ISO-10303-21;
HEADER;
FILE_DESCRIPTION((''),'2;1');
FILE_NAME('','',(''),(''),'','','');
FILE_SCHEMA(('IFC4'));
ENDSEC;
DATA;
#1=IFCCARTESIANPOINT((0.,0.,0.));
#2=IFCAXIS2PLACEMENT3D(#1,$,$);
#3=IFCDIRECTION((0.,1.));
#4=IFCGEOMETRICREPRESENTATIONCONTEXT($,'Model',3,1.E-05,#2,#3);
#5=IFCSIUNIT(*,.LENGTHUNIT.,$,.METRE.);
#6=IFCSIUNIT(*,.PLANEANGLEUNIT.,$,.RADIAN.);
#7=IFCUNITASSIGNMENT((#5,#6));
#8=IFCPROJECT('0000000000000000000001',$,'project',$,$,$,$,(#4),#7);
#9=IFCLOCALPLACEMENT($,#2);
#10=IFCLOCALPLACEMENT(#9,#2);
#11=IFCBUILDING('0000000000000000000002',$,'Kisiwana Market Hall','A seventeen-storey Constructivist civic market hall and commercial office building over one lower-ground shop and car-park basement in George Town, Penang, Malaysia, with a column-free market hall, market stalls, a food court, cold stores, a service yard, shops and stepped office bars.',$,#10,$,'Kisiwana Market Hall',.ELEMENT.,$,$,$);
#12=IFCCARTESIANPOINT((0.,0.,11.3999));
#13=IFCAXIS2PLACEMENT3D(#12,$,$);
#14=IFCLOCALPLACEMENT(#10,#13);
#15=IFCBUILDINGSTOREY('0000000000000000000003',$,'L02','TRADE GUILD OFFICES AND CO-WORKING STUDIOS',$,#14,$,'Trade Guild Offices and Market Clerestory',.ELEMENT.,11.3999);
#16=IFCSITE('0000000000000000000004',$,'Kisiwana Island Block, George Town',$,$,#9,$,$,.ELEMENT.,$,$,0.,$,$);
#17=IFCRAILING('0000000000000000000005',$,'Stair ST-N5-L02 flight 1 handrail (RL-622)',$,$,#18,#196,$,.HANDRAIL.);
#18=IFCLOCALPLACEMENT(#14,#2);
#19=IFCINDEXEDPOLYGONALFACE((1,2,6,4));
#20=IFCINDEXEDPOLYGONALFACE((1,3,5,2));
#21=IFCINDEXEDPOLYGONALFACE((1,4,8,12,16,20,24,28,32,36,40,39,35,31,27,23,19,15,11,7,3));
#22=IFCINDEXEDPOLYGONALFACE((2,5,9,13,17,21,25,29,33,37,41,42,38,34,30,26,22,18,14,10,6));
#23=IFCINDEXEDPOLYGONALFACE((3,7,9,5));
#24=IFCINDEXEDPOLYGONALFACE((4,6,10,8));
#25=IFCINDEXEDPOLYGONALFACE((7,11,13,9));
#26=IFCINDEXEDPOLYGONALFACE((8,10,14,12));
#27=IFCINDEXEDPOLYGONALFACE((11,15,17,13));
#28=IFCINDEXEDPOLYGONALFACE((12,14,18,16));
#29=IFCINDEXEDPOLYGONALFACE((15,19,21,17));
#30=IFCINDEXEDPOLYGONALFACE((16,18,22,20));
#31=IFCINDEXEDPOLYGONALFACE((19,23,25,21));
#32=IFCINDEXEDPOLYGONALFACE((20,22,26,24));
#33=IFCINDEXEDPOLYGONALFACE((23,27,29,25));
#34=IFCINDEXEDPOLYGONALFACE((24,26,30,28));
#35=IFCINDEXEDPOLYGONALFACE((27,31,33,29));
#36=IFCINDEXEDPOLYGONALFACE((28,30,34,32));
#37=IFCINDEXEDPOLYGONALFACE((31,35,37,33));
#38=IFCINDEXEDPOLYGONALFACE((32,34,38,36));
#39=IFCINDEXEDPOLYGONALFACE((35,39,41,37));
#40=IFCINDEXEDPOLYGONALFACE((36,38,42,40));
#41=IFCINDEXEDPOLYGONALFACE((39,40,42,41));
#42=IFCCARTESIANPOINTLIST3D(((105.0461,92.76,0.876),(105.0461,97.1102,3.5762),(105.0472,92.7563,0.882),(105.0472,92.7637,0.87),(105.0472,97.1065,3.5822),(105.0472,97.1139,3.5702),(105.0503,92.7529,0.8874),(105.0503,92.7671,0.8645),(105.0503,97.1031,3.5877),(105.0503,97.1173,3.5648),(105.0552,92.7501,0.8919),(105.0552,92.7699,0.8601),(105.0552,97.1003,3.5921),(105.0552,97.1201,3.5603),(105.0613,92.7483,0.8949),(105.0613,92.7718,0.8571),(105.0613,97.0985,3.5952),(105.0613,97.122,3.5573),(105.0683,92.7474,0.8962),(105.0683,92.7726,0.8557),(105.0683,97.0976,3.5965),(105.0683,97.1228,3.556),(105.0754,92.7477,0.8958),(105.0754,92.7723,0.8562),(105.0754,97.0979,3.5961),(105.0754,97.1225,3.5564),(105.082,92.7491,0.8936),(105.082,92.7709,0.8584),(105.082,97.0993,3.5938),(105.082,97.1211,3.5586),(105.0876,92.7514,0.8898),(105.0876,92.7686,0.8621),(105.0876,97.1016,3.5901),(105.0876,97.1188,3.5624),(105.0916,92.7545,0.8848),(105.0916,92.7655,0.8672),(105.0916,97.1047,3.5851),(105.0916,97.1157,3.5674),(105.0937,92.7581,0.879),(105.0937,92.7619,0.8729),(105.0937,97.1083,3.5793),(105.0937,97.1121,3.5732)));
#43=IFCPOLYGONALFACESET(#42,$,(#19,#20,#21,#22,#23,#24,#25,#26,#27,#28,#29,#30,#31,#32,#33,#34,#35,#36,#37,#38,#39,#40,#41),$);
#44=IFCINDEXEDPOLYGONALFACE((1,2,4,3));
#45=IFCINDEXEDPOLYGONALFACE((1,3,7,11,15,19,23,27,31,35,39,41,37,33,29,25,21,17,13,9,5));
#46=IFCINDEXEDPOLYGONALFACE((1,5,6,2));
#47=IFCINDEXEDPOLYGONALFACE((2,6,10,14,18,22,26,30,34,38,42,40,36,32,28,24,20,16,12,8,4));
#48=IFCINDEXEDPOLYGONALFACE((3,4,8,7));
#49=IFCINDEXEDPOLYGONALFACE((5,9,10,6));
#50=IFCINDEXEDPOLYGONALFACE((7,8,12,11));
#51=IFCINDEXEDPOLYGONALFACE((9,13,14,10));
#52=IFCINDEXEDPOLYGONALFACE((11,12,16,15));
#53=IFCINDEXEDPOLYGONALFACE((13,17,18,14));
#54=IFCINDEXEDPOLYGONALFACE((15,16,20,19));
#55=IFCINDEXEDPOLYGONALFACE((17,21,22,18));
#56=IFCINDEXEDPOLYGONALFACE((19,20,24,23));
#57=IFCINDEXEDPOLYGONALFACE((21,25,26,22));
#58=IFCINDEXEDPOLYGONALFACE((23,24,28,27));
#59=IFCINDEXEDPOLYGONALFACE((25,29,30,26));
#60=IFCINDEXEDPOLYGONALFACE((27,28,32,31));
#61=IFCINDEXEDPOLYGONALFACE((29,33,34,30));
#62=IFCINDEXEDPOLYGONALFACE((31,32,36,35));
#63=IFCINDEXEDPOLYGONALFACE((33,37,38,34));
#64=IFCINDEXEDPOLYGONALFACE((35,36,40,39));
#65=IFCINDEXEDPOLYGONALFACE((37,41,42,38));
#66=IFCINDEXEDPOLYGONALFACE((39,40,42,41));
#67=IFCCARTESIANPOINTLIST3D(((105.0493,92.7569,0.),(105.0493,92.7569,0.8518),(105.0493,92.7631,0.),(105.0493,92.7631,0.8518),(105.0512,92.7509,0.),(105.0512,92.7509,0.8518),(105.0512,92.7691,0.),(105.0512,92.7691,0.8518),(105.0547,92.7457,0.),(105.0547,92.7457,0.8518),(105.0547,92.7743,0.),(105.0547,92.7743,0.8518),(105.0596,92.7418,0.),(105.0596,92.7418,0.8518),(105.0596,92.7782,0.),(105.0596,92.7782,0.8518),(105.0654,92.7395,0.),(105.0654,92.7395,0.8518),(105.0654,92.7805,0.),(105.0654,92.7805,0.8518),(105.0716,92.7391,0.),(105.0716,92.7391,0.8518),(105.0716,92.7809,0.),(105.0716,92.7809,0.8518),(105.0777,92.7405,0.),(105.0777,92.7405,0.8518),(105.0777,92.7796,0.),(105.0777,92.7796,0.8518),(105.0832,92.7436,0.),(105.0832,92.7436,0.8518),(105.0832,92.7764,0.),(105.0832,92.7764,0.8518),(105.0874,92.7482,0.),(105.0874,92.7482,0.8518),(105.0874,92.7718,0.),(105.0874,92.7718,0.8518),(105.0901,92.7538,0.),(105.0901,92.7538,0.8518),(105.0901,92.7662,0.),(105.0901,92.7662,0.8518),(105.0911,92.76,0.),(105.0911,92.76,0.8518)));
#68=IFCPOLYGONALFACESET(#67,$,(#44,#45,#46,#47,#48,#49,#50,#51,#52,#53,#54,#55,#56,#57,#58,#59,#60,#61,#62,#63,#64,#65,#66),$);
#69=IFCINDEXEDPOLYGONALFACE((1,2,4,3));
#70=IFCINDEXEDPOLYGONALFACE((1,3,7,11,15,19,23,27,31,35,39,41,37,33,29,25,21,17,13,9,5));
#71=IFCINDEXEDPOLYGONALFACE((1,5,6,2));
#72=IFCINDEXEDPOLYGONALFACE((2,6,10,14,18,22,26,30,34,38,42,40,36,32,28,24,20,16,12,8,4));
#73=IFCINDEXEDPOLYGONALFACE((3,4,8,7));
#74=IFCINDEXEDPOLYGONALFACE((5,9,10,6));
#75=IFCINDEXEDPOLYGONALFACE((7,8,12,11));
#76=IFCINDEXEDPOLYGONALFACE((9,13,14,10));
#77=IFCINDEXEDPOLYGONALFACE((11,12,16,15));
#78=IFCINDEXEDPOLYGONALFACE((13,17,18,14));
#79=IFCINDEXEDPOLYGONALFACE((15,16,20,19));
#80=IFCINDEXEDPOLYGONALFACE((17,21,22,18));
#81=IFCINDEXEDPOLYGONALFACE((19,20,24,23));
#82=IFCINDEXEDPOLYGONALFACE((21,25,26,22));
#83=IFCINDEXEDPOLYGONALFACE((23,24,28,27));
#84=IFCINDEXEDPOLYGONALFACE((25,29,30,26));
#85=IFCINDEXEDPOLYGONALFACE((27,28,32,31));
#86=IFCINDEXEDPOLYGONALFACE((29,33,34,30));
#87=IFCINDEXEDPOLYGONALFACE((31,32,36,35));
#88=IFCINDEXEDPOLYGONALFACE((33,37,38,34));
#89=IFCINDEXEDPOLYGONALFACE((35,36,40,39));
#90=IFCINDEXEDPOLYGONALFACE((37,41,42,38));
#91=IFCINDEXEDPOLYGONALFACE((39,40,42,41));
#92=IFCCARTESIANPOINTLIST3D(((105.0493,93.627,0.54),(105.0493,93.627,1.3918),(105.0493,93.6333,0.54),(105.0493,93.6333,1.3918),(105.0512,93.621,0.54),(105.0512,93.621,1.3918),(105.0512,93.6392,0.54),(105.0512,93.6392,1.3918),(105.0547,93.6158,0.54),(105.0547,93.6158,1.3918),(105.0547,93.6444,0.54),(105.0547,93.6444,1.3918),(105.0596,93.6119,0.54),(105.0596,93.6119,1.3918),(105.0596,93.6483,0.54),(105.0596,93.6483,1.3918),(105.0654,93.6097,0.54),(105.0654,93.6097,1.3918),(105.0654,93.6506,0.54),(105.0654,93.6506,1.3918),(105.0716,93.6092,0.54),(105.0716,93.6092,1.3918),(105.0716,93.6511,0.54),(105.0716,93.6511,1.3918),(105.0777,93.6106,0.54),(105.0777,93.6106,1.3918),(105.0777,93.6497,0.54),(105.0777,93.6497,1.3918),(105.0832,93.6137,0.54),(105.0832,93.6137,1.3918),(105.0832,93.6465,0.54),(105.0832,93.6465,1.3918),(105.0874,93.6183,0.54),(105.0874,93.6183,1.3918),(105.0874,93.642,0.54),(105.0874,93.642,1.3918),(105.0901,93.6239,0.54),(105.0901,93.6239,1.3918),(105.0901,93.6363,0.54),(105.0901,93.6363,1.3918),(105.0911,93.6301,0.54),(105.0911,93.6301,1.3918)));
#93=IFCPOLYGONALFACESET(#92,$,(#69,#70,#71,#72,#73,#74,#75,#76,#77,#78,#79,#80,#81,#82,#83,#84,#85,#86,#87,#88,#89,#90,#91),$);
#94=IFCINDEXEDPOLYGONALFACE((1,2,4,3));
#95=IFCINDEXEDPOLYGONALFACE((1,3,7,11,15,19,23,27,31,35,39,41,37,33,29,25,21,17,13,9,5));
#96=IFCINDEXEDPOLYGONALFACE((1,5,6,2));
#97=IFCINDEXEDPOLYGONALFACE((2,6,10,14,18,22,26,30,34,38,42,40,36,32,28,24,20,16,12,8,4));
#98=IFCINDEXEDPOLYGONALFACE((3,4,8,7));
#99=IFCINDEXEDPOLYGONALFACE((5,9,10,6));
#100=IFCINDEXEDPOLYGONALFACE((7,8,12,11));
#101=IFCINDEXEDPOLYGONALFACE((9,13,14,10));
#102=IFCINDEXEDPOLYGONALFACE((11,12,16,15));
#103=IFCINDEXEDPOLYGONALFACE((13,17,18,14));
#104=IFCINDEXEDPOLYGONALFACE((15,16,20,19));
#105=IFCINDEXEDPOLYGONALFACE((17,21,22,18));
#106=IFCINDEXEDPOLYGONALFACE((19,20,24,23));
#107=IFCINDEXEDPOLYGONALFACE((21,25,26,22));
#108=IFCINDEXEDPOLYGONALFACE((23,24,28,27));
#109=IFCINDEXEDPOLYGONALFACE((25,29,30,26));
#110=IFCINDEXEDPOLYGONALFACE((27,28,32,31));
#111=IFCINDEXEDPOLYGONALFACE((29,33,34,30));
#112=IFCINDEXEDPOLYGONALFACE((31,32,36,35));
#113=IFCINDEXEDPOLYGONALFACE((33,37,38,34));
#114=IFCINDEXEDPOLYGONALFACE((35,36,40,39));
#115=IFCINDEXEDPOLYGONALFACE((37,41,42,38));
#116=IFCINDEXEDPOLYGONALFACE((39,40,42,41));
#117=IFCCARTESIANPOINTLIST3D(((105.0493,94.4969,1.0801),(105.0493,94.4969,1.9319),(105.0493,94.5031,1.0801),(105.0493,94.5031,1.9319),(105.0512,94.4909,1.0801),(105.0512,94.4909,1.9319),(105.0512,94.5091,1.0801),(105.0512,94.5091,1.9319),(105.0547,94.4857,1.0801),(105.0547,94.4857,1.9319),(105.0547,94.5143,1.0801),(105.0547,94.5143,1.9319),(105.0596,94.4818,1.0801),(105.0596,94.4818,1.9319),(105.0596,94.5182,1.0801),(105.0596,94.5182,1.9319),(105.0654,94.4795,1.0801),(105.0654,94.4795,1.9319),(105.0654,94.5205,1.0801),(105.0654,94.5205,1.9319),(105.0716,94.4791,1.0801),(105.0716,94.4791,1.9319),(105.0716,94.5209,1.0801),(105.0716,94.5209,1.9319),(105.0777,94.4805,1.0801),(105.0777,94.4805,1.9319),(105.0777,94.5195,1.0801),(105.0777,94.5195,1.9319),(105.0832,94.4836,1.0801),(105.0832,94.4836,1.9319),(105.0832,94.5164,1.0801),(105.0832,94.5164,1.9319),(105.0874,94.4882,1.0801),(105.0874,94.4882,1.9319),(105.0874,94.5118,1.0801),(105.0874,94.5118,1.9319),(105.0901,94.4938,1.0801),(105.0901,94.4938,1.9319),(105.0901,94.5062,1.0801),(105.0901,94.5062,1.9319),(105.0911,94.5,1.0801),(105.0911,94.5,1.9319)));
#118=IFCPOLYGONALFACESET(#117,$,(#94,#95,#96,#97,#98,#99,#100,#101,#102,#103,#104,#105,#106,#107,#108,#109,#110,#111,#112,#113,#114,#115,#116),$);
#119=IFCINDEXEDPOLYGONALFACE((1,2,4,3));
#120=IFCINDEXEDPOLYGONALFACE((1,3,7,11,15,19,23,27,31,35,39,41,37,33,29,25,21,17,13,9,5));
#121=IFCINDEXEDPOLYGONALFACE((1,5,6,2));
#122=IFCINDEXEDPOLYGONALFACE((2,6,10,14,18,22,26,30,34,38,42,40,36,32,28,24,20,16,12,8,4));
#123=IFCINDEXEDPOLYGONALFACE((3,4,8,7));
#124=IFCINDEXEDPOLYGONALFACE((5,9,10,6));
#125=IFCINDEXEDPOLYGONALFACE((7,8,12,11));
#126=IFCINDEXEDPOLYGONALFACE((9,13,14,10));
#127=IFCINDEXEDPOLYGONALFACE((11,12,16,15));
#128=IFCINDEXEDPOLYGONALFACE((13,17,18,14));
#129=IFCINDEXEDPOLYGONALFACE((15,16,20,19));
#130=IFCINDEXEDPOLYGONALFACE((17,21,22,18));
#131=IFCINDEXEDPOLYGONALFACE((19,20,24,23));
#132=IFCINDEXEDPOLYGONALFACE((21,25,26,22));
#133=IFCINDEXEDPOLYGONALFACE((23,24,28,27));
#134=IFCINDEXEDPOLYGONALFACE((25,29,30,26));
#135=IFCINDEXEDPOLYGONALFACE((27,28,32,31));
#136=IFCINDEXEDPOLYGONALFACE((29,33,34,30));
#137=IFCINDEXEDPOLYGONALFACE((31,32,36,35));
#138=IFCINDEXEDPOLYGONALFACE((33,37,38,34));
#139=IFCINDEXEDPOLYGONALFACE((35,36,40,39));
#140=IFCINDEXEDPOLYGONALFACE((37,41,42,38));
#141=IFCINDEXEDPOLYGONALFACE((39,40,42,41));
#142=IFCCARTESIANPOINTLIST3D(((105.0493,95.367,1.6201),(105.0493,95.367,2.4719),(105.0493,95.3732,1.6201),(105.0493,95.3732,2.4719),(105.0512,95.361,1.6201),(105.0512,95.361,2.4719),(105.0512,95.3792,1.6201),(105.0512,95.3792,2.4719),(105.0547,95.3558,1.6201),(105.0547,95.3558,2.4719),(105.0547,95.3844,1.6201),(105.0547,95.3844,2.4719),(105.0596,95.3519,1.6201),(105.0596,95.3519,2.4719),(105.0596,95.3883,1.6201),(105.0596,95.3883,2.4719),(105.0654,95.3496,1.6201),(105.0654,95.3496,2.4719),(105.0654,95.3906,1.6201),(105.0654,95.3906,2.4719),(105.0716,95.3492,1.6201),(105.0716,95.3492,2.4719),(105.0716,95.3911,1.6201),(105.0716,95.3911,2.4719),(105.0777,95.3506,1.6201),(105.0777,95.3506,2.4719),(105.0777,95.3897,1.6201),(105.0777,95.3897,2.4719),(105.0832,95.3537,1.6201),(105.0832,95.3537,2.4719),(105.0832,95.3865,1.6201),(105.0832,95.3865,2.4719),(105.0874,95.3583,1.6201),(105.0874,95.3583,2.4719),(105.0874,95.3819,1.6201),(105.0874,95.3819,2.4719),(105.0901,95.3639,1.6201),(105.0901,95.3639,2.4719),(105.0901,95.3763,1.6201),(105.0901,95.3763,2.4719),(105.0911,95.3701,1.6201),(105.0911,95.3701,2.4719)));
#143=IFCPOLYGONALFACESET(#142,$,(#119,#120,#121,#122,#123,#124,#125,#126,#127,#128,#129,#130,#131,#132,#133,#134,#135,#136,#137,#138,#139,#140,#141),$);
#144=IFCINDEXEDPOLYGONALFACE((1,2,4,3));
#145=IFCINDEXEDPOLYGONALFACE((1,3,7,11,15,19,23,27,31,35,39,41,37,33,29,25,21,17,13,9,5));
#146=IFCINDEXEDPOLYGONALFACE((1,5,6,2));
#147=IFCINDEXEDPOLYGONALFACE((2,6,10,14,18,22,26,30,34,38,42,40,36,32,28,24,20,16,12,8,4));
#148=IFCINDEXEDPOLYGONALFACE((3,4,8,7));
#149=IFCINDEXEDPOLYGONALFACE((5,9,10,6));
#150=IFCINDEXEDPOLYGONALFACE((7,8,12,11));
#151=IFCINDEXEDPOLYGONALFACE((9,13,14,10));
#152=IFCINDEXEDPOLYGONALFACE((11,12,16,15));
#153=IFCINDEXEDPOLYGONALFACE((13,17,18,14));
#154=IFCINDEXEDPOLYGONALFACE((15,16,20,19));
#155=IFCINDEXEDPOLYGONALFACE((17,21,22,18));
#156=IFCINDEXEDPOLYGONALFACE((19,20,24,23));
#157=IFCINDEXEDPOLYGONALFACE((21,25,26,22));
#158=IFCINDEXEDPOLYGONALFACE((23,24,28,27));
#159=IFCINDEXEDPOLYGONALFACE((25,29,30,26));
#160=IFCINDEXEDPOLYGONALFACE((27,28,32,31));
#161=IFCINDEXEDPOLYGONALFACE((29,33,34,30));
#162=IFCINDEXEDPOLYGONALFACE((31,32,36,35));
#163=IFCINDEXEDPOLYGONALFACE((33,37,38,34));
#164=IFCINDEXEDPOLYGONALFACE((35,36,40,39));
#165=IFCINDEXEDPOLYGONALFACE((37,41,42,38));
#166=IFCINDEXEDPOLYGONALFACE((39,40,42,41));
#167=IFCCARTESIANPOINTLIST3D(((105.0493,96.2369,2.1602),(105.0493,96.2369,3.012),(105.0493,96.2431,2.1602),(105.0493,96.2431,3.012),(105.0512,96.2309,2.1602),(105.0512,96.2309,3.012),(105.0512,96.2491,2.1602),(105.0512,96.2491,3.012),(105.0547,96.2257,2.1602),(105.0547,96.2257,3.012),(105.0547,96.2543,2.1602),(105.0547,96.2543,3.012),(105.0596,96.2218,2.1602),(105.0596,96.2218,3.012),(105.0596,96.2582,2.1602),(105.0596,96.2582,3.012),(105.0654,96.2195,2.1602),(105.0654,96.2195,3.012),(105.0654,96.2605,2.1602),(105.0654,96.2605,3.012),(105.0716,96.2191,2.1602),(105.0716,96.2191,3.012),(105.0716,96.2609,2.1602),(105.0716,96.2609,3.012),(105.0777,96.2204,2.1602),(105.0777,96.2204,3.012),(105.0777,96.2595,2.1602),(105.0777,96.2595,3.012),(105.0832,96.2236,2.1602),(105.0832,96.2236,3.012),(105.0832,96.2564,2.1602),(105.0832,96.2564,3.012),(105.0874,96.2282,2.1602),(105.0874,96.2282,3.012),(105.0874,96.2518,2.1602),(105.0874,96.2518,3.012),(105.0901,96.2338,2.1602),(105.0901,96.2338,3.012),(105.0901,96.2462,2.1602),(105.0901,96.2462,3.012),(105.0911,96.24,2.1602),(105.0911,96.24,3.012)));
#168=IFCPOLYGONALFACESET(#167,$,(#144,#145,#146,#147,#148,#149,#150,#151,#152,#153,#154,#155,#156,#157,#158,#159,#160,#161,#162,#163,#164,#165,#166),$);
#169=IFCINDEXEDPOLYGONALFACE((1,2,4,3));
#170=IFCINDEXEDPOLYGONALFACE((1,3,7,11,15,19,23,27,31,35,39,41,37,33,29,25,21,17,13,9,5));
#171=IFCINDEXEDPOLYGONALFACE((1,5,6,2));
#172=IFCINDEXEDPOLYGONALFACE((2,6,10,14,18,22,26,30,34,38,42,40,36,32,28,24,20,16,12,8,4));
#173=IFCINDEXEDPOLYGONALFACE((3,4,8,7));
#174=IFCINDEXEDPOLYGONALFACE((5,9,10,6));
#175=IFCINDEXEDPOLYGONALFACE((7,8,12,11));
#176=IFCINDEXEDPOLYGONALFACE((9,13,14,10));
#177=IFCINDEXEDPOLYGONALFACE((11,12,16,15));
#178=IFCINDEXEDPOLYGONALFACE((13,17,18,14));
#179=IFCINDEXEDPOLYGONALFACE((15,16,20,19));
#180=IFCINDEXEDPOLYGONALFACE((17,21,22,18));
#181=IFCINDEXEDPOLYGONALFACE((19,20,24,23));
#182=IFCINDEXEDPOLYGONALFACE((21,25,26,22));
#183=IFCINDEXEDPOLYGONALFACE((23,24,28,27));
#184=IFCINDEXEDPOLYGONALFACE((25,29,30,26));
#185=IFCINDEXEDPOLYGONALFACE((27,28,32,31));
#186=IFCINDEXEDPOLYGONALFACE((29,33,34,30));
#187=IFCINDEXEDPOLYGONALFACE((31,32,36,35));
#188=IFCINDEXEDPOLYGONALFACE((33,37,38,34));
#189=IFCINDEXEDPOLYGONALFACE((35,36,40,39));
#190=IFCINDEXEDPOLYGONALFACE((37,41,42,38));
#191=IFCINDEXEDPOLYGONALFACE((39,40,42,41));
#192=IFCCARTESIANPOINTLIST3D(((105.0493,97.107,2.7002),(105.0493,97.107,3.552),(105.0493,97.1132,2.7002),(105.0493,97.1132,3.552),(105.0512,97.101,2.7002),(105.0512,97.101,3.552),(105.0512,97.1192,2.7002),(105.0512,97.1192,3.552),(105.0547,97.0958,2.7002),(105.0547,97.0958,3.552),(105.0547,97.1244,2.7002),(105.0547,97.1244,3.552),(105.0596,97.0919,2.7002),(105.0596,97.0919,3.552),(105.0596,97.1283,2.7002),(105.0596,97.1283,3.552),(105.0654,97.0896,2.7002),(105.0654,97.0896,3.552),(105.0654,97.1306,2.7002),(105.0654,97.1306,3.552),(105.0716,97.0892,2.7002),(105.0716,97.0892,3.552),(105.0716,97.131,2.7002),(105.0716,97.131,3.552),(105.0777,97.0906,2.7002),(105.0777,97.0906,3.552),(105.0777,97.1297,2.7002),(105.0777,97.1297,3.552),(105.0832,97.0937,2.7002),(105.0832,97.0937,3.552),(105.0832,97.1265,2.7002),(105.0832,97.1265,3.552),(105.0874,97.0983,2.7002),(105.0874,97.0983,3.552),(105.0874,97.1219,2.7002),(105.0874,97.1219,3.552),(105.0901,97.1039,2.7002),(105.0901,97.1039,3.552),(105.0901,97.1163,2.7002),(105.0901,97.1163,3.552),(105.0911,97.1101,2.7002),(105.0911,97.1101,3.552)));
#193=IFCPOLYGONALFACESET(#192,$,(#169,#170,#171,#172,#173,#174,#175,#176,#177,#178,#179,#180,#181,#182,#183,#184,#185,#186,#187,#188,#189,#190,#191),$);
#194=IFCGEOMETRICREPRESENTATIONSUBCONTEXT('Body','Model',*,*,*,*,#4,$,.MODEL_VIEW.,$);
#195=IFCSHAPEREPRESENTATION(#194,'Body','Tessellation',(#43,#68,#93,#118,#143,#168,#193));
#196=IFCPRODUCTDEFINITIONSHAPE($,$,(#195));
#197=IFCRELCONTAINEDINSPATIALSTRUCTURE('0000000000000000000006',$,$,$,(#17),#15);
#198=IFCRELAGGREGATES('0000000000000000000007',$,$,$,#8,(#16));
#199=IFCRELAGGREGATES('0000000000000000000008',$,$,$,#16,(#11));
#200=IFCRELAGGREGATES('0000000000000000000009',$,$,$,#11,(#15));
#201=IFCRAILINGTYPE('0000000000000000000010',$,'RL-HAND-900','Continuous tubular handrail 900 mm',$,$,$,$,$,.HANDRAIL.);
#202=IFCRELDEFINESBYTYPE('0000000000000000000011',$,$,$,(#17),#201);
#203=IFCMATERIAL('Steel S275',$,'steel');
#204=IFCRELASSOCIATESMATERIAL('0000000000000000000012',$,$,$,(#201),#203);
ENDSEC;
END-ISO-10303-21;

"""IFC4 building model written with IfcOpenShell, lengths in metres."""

from ifc_helpers import new_model, si_unit, direction, frame, origin, origin_2d, place, context, subcontext, project, spatial, circle, extrude, material, type_object, element, save


model = new_model("IFC4")

# Units and contexts
model_context = context("Model", 3, precision=1e-05, world=origin(), true_north=direction((0.0, 1.0)))
body_context = subcontext(model_context, "Body", "Model", "MODEL_VIEW")
ifc_project = project(units=[si_unit("LENGTHUNIT", "METRE"), si_unit("PLANEANGLEUNIT", "RADIAN")], contexts=[model_context])

# Site, building, storey
site_placement = place(None, origin())
site = spatial("IfcSite", under=ifc_project, at=site_placement, Name="Kisiwana Island Block, George Town", CompositionType="ELEMENT", RefElevation=0.0)
building_placement = place(site_placement, origin())
building = spatial("IfcBuilding", under=site, at=building_placement, Name="Kisiwana Market Hall", Description="A seventeen-storey Constructivist civic market hall and commercial office building over one lower-ground shop and car-park basement in George Town, Penang, Malaysia, with a column-free market hall, market stalls, a food court, cold stores, a service yard, shops and stepped office bars.", LongName="Kisiwana Market Hall", CompositionType="ELEMENT")
storey_placement = place(building_placement, frame((0.0, 0.0, 11.3999)))
storey = spatial("IfcBuildingStorey", under=building, at=storey_placement, Name="L02", Description="TRADE GUILD OFFICES AND CO-WORKING STUDIOS", LongName="Trade Guild Offices and Market Clerestory", CompositionType="ELEMENT", Elevation=11.3999)

# Railing
ifc_material_1 = material(Name="Steel S275", Category="steel")
railing_type_1 = type_object("IfcRailingType", Name="RL-HAND-900", Description="Continuous tubular handrail 900 mm", PredefinedType="HANDRAIL", material=ifc_material_1)
for number, where, name in (
    (1, (105.0701, 92.76, 0.0), "Stair ST-N5-L02 flight 1 handrail (RL-622)"),
):
    element("IfcRailing", number, at=place(storey_placement, frame(where)), inside=storey, type_object=railing_type_1, Name=name, PredefinedType="HANDRAIL", context=body_context, shape_type="SweptSolid", body=[
        extrude(circle(Radius=0.0239, at=origin_2d()), frame((0.0, 0.0, 0.876), z_axis=(0.0, 0.849628, 0.527382), x_axis=(-1.0, 0.0, 0.0)), (0.0, 0.0, 1.0), 5.1201),
        extrude(circle(Radius=0.021, at=origin_2d()), origin(), (0.0, 0.0, 1.0), 0.8518),
        extrude(circle(Radius=0.021, at=origin_2d()), frame((0.0, 0.8701, 0.54)), (0.0, 0.0, 1.0), 0.8518),
        extrude(circle(Radius=0.021, at=origin_2d()), frame((0.0, 1.74, 1.0801)), (0.0, 0.0, 1.0), 0.8518),
        extrude(circle(Radius=0.021, at=origin_2d()), frame((0.0, 2.6101, 1.6201)), (0.0, 0.0, 1.0), 0.8518),
        extrude(circle(Radius=0.021, at=origin_2d()), frame((0.0, 3.48, 2.1602)), (0.0, 0.0, 1.0), 0.8518),
        extrude(circle(Radius=0.021, at=origin_2d()), frame((0.0, 4.3501, 2.7002)), (0.0, 0.0, 1.0), 0.8518),
    ])

save(model, "model.ifc")
